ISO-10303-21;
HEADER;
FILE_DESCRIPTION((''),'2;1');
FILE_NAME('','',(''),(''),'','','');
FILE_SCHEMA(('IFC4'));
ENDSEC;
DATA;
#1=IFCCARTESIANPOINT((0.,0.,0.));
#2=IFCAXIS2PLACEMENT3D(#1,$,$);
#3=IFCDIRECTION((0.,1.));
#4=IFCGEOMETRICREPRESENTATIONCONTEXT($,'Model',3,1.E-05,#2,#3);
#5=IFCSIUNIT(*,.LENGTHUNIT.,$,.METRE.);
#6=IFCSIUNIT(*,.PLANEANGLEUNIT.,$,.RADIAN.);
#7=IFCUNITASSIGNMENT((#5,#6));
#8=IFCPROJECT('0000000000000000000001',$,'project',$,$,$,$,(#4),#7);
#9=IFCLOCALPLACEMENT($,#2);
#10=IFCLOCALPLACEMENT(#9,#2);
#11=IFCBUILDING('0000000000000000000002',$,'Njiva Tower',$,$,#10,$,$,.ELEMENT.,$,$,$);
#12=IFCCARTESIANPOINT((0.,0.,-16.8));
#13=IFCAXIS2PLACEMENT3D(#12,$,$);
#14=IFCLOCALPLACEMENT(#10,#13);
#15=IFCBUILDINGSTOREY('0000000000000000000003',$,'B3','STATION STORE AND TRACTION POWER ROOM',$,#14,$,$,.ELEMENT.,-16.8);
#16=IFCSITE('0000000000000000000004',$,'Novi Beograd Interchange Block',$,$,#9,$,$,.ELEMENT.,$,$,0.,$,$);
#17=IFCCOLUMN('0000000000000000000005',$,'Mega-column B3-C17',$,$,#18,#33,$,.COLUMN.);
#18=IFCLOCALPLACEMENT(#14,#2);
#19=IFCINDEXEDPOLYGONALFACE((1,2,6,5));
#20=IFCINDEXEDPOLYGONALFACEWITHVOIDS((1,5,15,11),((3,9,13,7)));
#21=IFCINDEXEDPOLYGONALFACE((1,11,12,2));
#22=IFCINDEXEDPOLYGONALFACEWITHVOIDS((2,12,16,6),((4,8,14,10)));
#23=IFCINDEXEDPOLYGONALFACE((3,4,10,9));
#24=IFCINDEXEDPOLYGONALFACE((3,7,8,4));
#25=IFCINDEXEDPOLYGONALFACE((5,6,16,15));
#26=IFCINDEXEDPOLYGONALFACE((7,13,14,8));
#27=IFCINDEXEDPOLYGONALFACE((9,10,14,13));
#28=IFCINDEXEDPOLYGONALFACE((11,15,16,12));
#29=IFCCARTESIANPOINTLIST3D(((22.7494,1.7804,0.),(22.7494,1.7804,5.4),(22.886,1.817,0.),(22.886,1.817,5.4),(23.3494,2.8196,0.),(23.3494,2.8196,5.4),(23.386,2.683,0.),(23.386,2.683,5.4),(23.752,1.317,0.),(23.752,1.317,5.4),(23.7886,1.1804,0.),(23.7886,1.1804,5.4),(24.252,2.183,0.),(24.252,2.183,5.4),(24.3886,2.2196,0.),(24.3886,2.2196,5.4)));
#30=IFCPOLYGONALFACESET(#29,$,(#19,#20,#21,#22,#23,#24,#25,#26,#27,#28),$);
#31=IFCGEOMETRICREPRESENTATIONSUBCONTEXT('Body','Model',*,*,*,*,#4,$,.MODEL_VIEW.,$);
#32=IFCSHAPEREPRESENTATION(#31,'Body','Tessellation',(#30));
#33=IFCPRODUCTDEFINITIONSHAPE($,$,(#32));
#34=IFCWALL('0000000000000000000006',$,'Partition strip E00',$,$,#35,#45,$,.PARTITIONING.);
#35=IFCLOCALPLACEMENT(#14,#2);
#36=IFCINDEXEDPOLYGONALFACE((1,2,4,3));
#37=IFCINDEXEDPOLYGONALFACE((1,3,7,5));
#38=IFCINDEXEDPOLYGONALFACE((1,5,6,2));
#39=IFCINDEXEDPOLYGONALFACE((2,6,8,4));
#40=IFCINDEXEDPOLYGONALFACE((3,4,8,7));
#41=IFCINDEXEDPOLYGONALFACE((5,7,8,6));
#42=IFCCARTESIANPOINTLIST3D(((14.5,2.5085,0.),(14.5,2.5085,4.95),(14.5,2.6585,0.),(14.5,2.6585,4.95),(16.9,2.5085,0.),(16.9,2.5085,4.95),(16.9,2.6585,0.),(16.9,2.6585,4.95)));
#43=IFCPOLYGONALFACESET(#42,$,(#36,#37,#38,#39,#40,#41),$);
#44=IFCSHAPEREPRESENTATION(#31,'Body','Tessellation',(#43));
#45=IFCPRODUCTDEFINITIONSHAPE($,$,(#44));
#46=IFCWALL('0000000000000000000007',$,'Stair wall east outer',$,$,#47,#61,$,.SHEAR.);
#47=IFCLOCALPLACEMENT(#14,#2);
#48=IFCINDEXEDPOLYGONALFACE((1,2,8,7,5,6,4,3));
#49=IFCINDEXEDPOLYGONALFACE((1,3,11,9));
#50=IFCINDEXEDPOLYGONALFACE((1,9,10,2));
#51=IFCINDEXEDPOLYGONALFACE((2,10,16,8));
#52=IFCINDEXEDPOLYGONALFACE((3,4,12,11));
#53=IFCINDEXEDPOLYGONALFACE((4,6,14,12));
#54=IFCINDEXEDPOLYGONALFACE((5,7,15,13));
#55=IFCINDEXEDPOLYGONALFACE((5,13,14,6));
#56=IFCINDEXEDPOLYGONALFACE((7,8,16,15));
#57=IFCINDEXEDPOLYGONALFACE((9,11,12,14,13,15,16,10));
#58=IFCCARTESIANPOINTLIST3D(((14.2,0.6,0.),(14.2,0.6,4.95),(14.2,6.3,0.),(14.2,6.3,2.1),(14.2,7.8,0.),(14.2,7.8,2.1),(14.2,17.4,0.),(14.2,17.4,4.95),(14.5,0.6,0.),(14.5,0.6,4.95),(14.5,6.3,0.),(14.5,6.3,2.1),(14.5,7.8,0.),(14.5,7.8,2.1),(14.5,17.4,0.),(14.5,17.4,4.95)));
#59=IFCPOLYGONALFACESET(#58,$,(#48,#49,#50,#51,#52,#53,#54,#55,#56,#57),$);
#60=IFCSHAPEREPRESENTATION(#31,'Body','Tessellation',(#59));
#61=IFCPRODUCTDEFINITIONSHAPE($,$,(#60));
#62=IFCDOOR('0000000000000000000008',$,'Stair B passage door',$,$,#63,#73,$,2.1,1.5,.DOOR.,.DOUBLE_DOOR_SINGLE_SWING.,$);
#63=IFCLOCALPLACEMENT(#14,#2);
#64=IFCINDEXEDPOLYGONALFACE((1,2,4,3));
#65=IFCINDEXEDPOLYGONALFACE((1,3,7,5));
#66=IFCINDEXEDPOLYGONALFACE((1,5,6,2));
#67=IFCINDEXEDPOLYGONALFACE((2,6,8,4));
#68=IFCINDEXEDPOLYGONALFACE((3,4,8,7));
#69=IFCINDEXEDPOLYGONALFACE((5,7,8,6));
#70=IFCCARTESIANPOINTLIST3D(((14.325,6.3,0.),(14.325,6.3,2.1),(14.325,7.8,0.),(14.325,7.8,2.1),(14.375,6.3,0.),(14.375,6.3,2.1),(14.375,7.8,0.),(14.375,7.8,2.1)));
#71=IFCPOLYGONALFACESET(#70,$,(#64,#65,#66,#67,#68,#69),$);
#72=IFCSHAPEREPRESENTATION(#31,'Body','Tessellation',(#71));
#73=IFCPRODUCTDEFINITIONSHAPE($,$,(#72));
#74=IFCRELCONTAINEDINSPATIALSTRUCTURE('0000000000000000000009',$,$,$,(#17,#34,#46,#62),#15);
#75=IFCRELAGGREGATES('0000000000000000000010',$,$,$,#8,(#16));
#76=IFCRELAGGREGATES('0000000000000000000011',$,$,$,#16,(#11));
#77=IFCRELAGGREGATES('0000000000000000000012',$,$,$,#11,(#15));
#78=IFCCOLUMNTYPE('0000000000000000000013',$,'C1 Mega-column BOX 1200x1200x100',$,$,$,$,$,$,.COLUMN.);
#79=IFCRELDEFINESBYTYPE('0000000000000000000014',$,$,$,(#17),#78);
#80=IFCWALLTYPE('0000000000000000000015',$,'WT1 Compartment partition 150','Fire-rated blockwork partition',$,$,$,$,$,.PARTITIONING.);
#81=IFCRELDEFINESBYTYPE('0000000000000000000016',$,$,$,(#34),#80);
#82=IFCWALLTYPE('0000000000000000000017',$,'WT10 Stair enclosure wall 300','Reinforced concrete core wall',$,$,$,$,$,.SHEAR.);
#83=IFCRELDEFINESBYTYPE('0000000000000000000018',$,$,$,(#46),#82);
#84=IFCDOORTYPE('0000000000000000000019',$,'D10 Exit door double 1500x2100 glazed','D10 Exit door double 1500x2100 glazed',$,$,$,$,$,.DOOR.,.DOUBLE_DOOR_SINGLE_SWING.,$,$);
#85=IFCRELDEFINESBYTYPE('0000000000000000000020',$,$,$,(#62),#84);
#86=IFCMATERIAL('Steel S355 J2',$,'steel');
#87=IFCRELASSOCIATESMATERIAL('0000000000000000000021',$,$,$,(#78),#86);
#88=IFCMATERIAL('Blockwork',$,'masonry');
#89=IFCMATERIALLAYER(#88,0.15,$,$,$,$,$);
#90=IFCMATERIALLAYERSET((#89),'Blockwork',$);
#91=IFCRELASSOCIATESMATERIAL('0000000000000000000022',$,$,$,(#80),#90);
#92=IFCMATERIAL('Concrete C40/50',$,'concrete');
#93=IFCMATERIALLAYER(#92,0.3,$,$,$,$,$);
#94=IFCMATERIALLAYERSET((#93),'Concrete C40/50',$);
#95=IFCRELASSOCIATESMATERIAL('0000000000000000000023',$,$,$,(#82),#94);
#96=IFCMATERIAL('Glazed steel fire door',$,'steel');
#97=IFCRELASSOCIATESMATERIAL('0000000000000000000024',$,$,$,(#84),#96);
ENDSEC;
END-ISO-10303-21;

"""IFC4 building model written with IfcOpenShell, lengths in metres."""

from ifc_helpers import new_model, si_unit, direction, frame, frame_2d, origin, origin_2d, place, context, subcontext, project, spatial, rectangle, hollow_rectangle, extrude, material, layer, layer_set, material_profile, profile_set, type_object, element, fill, save


model = new_model("IFC4")

# Units and contexts
model_context = context("Model", 3, precision=1e-05, world=origin(), true_north=direction((0.0, 1.0)))
body_context = subcontext(model_context, "Body", "Model", "MODEL_VIEW")
ifc_project = project(units=[si_unit("LENGTHUNIT", "METRE"), si_unit("PLANEANGLEUNIT", "RADIAN")], contexts=[model_context])

# Site, building, storey
site_placement = place(None, origin())
site = spatial("IfcSite", under=ifc_project, at=site_placement, Name="Novi Beograd Interchange Block", CompositionType="ELEMENT", RefElevation=0.0)
building_placement = place(site_placement, origin())
building = spatial("IfcBuilding", under=site, at=building_placement, Name="Njiva Tower", CompositionType="ELEMENT")
storey_placement = place(building_placement, frame((0.0, 0.0, -16.8)))
storey = spatial("IfcBuildingStorey", under=building, at=storey_placement, Name="B3", Description="STATION STORE AND TRACTION POWER ROOM", CompositionType="ELEMENT", Elevation=-16.8)

# Column
ifc_material_1 = material(Name="Steel S355 J2", Category="steel")
ifc_material_profile_1 = material_profile(ifc_material_1, hollow_rectangle(XDim=1.2, YDim=1.2, WallThickness=0.1, at=origin_2d()), Name="BOX 1200x1200x100")
ifc_profile_set_1 = profile_set([ifc_material_profile_1], Name="Steel S355 J2")
column_type = type_object("IfcColumnType", Name="C1 Mega-column BOX 1200x1200x100", PredefinedType="COLUMN", material=ifc_profile_set_1)
column_placement = place(storey_placement, frame((23.569, 2.0, 0.0), z_axis=(0.0, 0.0, 1.0), x_axis=(0.5, 0.866025, 0.0)))
element("IfcColumn", 1, at=column_placement, inside=storey, type_object=column_type, Name="Mega-column B3-C17", PredefinedType="COLUMN", context=body_context, shape_type="SweptSolid", body=[
    extrude(hollow_rectangle(XDim=1.2, YDim=1.2, WallThickness=0.1, at=origin_2d()), origin(), (0.0, 0.0, 1.0), 5.4),
])

# Wall
ifc_material_2 = material(Name="Blockwork", Category="masonry")
ifc_layer_1 = layer(ifc_material_2, 0.15)
ifc_layer_set_1 = layer_set([ifc_layer_1], Name="Blockwork")
wall_type_1 = type_object("IfcWallType", Name="WT1 Compartment partition 150", Description="Fire-rated blockwork partition", PredefinedType="PARTITIONING", material=ifc_layer_set_1)
wall_1_placement = place(storey_placement, frame((14.5, 2.5835, 0.0), z_axis=(0.0, 0.0, 1.0), x_axis=(1.0, 0.0, 0.0)))
element("IfcWall", 2, at=wall_1_placement, inside=storey, type_object=wall_type_1, Name="Partition strip E00", PredefinedType="PARTITIONING", context=body_context, shape_type="SweptSolid", body=[
    extrude(rectangle(XDim=2.4, YDim=0.15, at=frame_2d((1.2, 0.0))), origin(), (0.0, 0.0, 1.0), 4.95),
])

# Wall, opening, door
ifc_material_3 = material(Name="Concrete C40/50", Category="concrete")
ifc_layer_2 = layer(ifc_material_3, 0.3)
ifc_layer_set_2 = layer_set([ifc_layer_2], Name="Concrete C40/50")
wall_type_2 = type_object("IfcWallType", Name="WT10 Stair enclosure wall 300", Description="Reinforced concrete core wall", PredefinedType="SHEAR", material=ifc_layer_set_2)
wall_2_placement = place(storey_placement, frame((14.35, 0.6, 0.0), z_axis=(0.0, 0.0, 1.0), x_axis=(0.0, 1.0, 0.0)))
wall_2 = element("IfcWall", 3, at=wall_2_placement, inside=storey, type_object=wall_type_2, Name="Stair wall east outer", PredefinedType="SHEAR", context=body_context, shape_type="SweptSolid", body=[
    extrude(rectangle(XDim=16.8, YDim=0.3, at=frame_2d((8.4, 0.0))), origin(), (0.0, 0.0, 1.0), 4.95),
])
opening_1_placement = place(wall_2_placement, frame((5.7, 0.0, 0.0)))
opening_1 = element("IfcOpeningElement", 4, at=opening_1_placement, cuts=wall_2, PredefinedType="OPENING", context=body_context, shape_type="SweptSolid", body=[
    extrude(rectangle(XDim=1.5, YDim=2.1, at=frame_2d((0.75, 1.05))), frame((0.0, 0.16, 0.0), z_axis=(0.0, -1.0, 0.0), x_axis=(1.0, 0.0, 0.0)), (0.0, 0.0, 1.0), 0.32),
])
ifc_material_4 = material(Name="Glazed steel fire door", Category="steel")
door_type_1 = type_object("IfcDoorType", Name="D10 Exit door double 1500x2100 glazed", Description="D10 Exit door double 1500x2100 glazed", OperationType="DOUBLE_DOOR_SINGLE_SWING", PredefinedType="DOOR", material=ifc_material_4)
door_1_placement = place(opening_1_placement, origin())
door_1 = element("IfcDoor", 5, at=door_1_placement, inside=storey, type_object=door_type_1, Name="Stair B passage door", OperationType="DOUBLE_DOOR_SINGLE_SWING", OverallHeight=2.1, OverallWidth=1.5, PredefinedType="DOOR", context=body_context, shape_type="SweptSolid", body=[
    extrude(rectangle(XDim=1.5, YDim=2.1, at=frame_2d((0.75, 1.05))), frame((0.0, 0.025, 0.0), z_axis=(0.0, -1.0, 0.0), x_axis=(1.0, 0.0, 0.0)), (0.0, 0.0, 1.0), 0.05),
])
fill(opening_1, door_1)

save(model, "model.ifc")
